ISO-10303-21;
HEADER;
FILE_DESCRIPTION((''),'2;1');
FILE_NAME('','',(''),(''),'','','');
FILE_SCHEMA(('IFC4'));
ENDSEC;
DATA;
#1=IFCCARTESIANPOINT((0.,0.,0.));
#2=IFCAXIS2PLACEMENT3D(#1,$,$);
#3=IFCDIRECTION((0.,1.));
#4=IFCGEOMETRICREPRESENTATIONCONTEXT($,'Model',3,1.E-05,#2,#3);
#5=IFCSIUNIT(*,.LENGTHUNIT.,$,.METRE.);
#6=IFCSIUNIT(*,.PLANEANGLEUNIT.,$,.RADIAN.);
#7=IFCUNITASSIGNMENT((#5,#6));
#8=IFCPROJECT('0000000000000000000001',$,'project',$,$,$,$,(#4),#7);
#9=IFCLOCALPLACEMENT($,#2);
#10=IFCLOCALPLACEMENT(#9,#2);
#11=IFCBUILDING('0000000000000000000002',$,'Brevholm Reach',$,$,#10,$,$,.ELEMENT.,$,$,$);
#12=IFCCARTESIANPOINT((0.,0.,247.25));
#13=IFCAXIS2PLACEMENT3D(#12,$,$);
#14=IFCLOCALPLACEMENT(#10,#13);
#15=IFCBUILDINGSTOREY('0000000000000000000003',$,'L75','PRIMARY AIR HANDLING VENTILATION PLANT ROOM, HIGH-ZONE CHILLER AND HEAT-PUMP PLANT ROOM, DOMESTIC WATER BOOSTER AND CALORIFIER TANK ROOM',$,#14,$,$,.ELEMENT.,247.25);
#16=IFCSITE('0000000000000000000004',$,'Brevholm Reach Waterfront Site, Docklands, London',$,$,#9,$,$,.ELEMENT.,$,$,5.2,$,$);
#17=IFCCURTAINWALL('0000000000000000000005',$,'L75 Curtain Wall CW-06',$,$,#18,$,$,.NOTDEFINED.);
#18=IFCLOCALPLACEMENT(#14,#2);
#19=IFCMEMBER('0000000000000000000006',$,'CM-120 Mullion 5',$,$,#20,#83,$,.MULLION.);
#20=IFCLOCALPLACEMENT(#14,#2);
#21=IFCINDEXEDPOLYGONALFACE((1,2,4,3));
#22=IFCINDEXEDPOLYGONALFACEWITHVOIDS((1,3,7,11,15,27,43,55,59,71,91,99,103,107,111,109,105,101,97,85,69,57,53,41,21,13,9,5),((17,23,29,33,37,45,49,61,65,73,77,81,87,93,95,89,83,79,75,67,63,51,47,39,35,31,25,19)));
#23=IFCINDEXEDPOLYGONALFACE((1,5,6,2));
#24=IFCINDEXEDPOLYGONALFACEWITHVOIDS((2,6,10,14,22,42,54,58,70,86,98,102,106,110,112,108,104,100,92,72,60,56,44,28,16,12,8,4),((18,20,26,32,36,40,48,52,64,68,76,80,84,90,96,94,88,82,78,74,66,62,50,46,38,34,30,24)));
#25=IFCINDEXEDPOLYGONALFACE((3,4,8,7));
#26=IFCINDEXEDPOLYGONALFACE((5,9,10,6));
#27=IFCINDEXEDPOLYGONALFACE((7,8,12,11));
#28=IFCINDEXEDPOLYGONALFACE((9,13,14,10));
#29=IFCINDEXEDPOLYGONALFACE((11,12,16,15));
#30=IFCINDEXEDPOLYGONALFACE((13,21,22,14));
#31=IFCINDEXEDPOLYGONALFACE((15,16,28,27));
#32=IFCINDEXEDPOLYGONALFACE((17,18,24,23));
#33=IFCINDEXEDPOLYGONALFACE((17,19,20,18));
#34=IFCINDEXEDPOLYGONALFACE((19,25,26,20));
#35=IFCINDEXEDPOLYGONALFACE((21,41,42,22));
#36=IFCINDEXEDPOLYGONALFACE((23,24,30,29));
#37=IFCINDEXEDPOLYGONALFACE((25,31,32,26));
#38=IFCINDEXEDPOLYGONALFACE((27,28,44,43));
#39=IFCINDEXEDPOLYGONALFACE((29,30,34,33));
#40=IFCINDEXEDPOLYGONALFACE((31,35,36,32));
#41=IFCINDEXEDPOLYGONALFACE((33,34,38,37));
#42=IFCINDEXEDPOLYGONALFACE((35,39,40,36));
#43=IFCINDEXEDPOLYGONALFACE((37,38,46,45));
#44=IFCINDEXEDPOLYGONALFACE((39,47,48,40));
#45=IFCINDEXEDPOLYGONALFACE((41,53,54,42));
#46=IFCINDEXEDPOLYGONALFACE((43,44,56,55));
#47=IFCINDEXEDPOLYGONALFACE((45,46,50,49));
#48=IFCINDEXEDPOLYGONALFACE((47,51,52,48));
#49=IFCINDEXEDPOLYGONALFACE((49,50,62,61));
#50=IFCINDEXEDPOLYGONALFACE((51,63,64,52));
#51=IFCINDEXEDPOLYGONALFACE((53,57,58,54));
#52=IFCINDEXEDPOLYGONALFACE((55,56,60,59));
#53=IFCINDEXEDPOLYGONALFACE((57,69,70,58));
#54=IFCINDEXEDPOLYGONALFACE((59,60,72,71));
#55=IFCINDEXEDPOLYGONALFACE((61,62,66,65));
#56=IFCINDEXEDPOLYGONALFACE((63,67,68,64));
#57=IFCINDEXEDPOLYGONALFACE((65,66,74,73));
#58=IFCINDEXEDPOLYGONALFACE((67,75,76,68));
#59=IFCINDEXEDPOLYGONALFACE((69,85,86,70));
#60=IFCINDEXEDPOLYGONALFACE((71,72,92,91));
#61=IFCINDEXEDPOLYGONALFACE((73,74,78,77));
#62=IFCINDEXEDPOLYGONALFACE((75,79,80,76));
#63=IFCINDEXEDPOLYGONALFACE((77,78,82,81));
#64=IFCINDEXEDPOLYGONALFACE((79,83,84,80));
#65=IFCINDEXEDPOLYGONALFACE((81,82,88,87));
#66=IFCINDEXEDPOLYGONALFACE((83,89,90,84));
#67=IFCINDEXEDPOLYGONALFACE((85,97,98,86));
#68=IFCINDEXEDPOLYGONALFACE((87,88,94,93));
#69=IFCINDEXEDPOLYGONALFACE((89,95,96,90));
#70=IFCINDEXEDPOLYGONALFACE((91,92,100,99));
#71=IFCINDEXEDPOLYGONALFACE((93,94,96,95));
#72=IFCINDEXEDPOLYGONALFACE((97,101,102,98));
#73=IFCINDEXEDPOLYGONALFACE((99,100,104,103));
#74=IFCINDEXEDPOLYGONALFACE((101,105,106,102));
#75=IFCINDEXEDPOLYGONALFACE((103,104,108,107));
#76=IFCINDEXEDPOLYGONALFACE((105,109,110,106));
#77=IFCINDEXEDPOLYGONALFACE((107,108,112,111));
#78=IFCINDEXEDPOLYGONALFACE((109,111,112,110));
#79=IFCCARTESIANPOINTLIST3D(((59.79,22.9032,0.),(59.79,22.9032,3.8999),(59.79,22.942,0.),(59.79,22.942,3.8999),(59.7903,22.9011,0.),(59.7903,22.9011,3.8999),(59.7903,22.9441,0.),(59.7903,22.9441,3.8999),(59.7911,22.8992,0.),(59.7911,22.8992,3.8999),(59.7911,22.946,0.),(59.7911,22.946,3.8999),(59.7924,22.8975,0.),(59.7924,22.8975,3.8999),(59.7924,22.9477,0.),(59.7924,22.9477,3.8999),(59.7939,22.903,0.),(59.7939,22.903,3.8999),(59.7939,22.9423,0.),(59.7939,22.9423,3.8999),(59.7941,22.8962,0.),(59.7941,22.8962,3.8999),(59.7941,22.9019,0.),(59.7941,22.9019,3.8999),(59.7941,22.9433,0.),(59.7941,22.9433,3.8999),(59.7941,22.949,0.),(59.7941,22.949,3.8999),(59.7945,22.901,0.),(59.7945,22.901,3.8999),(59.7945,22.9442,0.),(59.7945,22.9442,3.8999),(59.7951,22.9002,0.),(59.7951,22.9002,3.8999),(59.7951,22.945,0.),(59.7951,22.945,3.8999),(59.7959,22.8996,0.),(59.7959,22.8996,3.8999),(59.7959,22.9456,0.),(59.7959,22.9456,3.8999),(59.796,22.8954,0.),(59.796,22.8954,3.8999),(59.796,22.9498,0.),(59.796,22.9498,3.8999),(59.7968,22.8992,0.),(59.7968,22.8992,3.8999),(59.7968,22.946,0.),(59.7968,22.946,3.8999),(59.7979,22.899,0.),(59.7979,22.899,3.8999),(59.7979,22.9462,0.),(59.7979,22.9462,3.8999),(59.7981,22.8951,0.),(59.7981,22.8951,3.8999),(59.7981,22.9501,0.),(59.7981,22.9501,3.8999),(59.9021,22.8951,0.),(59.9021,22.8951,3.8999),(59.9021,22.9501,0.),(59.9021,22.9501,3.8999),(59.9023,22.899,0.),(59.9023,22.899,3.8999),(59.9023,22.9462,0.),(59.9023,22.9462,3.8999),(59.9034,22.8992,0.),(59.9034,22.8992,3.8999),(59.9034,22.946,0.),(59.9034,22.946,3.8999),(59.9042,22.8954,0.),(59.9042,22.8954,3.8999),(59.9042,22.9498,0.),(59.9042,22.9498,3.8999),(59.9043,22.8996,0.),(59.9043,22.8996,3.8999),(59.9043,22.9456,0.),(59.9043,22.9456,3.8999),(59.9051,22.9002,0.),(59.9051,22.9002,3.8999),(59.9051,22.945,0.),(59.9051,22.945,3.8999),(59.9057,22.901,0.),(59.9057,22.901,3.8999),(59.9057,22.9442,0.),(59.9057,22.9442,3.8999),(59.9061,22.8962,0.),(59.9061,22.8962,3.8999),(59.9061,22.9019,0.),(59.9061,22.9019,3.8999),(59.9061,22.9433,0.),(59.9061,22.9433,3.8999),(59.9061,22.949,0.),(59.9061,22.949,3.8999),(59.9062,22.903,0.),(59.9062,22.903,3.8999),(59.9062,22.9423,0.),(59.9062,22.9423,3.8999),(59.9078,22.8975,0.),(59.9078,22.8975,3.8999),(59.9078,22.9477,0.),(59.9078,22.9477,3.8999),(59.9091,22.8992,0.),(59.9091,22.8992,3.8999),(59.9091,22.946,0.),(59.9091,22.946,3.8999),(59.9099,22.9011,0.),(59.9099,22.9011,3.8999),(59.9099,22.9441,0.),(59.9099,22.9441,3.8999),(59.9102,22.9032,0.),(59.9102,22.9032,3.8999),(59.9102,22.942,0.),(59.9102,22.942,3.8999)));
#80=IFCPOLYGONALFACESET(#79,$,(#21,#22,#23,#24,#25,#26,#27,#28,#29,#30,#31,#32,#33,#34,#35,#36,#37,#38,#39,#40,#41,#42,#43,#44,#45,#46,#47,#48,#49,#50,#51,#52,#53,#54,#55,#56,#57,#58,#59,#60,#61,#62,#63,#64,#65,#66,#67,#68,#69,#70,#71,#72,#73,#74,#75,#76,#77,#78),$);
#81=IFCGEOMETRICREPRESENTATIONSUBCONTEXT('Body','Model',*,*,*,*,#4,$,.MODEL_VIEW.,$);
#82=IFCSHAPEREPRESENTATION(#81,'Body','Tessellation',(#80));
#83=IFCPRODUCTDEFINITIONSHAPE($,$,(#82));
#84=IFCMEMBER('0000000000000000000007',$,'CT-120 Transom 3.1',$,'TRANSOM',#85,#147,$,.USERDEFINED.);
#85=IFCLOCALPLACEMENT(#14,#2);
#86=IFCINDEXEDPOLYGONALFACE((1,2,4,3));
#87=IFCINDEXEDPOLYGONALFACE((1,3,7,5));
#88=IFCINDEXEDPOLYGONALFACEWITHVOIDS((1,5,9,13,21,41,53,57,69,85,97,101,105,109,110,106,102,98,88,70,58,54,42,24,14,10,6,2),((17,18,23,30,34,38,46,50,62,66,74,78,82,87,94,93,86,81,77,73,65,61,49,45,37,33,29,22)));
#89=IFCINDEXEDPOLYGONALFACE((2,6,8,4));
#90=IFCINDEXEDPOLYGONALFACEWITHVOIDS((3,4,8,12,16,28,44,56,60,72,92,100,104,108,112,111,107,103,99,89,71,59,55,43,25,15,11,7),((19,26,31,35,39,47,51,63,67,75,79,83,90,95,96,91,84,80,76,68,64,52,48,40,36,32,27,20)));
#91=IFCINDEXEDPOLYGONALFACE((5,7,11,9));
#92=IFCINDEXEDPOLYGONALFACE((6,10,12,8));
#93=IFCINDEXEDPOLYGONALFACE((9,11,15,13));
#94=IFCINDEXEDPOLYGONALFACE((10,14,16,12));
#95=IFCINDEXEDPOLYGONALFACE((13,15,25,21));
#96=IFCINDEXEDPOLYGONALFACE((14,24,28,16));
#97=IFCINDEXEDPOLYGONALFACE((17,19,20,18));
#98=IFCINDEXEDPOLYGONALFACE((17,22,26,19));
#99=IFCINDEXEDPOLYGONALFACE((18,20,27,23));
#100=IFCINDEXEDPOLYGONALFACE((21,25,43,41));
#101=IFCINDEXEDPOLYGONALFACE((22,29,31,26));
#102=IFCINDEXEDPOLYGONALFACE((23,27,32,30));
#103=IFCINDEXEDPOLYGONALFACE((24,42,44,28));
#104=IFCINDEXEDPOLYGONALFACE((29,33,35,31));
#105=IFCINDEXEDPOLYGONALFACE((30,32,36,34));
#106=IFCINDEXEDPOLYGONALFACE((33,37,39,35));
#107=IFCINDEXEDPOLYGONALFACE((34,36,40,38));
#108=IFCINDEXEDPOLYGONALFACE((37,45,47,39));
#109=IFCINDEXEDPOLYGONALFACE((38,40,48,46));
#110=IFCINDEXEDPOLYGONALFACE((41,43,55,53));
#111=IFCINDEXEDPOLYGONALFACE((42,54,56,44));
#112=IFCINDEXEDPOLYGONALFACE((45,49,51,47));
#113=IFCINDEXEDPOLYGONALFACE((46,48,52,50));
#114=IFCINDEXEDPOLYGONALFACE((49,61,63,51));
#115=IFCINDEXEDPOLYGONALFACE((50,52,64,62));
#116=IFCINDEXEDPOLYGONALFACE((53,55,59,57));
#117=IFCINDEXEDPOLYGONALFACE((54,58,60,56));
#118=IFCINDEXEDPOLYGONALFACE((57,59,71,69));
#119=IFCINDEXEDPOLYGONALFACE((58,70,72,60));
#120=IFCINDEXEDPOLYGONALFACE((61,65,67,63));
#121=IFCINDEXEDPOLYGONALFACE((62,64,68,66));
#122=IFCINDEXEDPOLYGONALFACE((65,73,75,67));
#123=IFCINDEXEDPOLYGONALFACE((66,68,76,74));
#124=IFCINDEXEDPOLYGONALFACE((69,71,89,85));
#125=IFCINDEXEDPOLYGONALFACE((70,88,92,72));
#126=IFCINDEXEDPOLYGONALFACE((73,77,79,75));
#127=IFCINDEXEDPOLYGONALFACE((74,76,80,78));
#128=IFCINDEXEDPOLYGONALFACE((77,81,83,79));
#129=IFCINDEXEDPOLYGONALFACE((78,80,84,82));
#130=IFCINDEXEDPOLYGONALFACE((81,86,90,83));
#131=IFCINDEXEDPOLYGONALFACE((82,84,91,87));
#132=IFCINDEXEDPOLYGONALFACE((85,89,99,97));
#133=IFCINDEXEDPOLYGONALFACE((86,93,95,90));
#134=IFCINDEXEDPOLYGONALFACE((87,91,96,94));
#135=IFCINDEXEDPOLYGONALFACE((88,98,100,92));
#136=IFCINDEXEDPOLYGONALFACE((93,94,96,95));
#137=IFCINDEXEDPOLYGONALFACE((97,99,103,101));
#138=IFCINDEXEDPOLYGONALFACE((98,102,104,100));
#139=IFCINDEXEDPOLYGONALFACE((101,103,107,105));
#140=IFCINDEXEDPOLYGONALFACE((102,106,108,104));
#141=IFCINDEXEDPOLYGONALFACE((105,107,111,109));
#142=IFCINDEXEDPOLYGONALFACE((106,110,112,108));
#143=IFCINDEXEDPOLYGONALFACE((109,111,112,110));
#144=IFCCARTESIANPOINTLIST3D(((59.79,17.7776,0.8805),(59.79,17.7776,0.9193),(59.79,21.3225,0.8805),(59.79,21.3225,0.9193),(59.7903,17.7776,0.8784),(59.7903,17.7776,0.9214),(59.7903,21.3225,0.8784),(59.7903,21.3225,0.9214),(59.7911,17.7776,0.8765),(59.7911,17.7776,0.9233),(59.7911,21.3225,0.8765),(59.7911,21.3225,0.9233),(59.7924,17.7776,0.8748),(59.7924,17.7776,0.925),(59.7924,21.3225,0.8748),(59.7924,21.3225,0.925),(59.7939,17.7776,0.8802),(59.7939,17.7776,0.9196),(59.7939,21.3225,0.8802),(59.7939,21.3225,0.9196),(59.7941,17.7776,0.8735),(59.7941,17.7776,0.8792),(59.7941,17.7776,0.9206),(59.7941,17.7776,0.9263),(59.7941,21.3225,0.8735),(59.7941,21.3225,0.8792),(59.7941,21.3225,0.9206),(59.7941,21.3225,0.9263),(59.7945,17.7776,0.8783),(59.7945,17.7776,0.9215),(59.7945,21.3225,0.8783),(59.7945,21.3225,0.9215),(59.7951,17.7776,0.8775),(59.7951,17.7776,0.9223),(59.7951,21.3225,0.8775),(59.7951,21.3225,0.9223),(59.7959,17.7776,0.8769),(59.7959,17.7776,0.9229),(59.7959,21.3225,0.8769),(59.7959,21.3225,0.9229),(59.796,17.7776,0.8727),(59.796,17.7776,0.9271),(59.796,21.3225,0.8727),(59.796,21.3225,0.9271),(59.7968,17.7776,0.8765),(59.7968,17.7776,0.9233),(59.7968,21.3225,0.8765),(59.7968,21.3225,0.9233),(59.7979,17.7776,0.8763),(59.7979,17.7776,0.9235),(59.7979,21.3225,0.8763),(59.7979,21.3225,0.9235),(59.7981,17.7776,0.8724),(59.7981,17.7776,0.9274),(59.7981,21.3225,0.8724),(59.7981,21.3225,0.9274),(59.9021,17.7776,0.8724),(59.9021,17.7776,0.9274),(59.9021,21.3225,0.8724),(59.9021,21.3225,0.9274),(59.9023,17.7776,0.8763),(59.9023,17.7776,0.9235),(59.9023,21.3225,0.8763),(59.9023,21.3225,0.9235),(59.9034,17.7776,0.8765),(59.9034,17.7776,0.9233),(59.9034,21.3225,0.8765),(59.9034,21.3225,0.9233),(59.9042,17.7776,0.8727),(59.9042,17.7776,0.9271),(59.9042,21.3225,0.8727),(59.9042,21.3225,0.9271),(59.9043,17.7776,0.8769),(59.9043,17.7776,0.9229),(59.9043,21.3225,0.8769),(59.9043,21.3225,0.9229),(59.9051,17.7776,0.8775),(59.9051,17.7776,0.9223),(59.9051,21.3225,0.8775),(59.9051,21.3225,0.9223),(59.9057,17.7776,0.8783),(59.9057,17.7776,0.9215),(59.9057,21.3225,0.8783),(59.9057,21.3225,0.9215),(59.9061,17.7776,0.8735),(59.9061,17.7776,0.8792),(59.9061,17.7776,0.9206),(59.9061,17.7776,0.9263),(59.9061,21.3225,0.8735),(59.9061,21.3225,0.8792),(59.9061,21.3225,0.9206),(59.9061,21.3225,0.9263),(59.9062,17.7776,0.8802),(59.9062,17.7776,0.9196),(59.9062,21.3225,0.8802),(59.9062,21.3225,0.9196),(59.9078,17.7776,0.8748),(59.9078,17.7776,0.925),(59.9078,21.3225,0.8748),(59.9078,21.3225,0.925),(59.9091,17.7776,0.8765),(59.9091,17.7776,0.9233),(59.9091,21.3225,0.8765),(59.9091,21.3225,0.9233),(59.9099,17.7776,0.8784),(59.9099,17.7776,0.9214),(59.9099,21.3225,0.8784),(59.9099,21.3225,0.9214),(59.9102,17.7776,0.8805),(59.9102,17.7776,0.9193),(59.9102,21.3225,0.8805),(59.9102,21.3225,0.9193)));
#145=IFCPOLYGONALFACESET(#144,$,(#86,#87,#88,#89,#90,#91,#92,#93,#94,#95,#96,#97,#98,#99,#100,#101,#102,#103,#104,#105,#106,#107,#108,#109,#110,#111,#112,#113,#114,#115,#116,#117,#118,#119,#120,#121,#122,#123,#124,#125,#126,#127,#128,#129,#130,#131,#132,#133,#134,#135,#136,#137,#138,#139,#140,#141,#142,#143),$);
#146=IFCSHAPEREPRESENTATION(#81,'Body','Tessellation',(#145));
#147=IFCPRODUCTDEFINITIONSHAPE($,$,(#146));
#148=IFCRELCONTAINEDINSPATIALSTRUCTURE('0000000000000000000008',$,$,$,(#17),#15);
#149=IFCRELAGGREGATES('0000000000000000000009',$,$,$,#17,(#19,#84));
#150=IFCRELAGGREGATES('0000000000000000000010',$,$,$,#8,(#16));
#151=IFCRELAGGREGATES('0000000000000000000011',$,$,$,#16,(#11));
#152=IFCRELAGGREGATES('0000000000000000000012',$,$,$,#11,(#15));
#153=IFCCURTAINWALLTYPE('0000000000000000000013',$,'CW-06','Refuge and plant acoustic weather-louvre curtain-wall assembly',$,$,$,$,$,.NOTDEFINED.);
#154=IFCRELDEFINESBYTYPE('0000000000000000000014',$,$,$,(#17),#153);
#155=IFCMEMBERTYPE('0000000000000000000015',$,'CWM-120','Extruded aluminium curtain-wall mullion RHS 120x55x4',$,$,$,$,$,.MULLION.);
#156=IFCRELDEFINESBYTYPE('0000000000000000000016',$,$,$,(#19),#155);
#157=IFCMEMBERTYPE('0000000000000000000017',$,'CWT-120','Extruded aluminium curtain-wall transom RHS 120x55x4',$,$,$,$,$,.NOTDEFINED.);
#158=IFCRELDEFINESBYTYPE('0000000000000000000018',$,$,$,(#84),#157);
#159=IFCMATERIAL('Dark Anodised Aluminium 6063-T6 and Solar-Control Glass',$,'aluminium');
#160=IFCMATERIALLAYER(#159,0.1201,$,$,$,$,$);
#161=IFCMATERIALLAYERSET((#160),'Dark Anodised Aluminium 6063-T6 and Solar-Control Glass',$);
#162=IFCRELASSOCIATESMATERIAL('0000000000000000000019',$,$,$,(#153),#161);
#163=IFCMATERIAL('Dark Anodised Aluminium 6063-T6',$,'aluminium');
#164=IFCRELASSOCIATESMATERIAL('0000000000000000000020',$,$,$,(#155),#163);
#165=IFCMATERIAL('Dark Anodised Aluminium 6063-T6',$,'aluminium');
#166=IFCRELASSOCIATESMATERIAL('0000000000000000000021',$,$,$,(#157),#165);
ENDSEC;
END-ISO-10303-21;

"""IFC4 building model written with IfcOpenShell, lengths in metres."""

from ifc_helpers import new_model, si_unit, direction, frame, origin, origin_2d, place, context, subcontext, project, spatial, hollow_rectangle, extrude, material, layer, layer_set, material_profile, profile_set, type_object, element, aggregate, save


model = new_model("IFC4")

# Units and contexts
model_context = context("Model", 3, precision=1e-05, world=origin(), true_north=direction((0.0, 1.0)))
body_context = subcontext(model_context, "Body", "Model", "MODEL_VIEW")
ifc_project = project(units=[si_unit("LENGTHUNIT", "METRE"), si_unit("PLANEANGLEUNIT", "RADIAN")], contexts=[model_context])

# Site, building, storey
site_placement = place(None, origin())
site = spatial("IfcSite", under=ifc_project, at=site_placement, Name="Brevholm Reach Waterfront Site, Docklands, London", CompositionType="ELEMENT", RefElevation=5.2)
building_placement = place(site_placement, origin())
building = spatial("IfcBuilding", under=site, at=building_placement, Name="Brevholm Reach", CompositionType="ELEMENT")
storey_placement = place(building_placement, frame((0.0, 0.0, 247.25)))
storey = spatial("IfcBuildingStorey", under=building, at=storey_placement, Name="L75", Description="PRIMARY AIR HANDLING VENTILATION PLANT ROOM, HIGH-ZONE CHILLER AND HEAT-PUMP PLANT ROOM, DOMESTIC WATER BOOSTER AND CALORIFIER TANK ROOM", CompositionType="ELEMENT", Elevation=247.25)

# Curtain wall, members
ifc_material_1 = material(Name="Dark Anodised Aluminium 6063-T6 and Solar-Control Glass", Category="aluminium")
ifc_layer_1 = layer(ifc_material_1, 0.1201)
ifc_layer_set_1 = layer_set([ifc_layer_1], Name="Dark Anodised Aluminium 6063-T6 and Solar-Control Glass")
curtain_wall_type = type_object("IfcCurtainWallType", Name="CW-06", Description="Refuge and plant acoustic weather-louvre curtain-wall assembly", PredefinedType="NOTDEFINED", material=ifc_layer_set_1)
curtain_wall_placement = place(storey_placement, origin())
curtain_wall = element("IfcCurtainWall", 1, at=curtain_wall_placement, inside=storey, type_object=curtain_wall_type, Name="L75 Curtain Wall CW-06", PredefinedType="NOTDEFINED")
ifc_material_2 = material(Name="Dark Anodised Aluminium 6063-T6", Category="aluminium")
ifc_material_profile_1 = material_profile(ifc_material_2, hollow_rectangle(XDim=0.0549, YDim=0.1201, WallThickness=0.0039, InnerFilletRadius=0.0039, OuterFilletRadius=0.0081, at=origin_2d()), Name="RHS 120x55x4")
ifc_profile_set_1 = profile_set([ifc_material_profile_1], Name="Dark Anodised Aluminium 6063-T6")
member_type_1 = type_object("IfcMemberType", Name="CWM-120", Description="Extruded aluminium curtain-wall mullion RHS 120x55x4", PredefinedType="MULLION", material=ifc_profile_set_1)
member_1_placement = place(storey_placement, frame((59.8501, 22.9226, 0.0), z_axis=(0.0, 0.0, 1.0), x_axis=(0.0, 1.0, 0.0)))
member_1 = element("IfcMember", 2, at=member_1_placement, type_object=member_type_1, Name="CM-120 Mullion 5", PredefinedType="MULLION", context=body_context, shape_type="SweptSolid", body=[
    extrude(hollow_rectangle(XDim=0.0549, YDim=0.1201, WallThickness=0.0039, InnerFilletRadius=0.0039, OuterFilletRadius=0.0081, at=origin_2d()), origin(), (0.0, 0.0, 1.0), 3.8999),
])
ifc_material_3 = material(Name="Dark Anodised Aluminium 6063-T6", Category="aluminium")
ifc_material_profile_2 = material_profile(ifc_material_3, hollow_rectangle(XDim=0.0549, YDim=0.1201, WallThickness=0.0039, InnerFilletRadius=0.0039, OuterFilletRadius=0.0081, at=origin_2d()), Name="RHS 120x55x4")
ifc_profile_set_2 = profile_set([ifc_material_profile_2], Name="Dark Anodised Aluminium 6063-T6")
member_type_2 = type_object("IfcMemberType", Name="CWT-120", Description="Extruded aluminium curtain-wall transom RHS 120x55x4", PredefinedType="NOTDEFINED", material=ifc_profile_set_2)
member_2_placement = place(storey_placement, frame((59.8501, 17.7776, 0.8999), z_axis=(0.0, 1.0, 0.0), x_axis=(0.0, 0.0, 1.0)))
member_2 = element("IfcMember", 3, at=member_2_placement, type_object=member_type_2, Name="CT-120 Transom 3.1", ObjectType="TRANSOM", PredefinedType="USERDEFINED", context=body_context, shape_type="SweptSolid", body=[
    extrude(hollow_rectangle(XDim=0.0549, YDim=0.1201, WallThickness=0.0039, InnerFilletRadius=0.0039, OuterFilletRadius=0.0081, at=origin_2d()), origin(), (0.0, 0.0, 1.0), 3.5449),
])
aggregate(curtain_wall, [member_1, member_2])

save(model, "model.ifc")
